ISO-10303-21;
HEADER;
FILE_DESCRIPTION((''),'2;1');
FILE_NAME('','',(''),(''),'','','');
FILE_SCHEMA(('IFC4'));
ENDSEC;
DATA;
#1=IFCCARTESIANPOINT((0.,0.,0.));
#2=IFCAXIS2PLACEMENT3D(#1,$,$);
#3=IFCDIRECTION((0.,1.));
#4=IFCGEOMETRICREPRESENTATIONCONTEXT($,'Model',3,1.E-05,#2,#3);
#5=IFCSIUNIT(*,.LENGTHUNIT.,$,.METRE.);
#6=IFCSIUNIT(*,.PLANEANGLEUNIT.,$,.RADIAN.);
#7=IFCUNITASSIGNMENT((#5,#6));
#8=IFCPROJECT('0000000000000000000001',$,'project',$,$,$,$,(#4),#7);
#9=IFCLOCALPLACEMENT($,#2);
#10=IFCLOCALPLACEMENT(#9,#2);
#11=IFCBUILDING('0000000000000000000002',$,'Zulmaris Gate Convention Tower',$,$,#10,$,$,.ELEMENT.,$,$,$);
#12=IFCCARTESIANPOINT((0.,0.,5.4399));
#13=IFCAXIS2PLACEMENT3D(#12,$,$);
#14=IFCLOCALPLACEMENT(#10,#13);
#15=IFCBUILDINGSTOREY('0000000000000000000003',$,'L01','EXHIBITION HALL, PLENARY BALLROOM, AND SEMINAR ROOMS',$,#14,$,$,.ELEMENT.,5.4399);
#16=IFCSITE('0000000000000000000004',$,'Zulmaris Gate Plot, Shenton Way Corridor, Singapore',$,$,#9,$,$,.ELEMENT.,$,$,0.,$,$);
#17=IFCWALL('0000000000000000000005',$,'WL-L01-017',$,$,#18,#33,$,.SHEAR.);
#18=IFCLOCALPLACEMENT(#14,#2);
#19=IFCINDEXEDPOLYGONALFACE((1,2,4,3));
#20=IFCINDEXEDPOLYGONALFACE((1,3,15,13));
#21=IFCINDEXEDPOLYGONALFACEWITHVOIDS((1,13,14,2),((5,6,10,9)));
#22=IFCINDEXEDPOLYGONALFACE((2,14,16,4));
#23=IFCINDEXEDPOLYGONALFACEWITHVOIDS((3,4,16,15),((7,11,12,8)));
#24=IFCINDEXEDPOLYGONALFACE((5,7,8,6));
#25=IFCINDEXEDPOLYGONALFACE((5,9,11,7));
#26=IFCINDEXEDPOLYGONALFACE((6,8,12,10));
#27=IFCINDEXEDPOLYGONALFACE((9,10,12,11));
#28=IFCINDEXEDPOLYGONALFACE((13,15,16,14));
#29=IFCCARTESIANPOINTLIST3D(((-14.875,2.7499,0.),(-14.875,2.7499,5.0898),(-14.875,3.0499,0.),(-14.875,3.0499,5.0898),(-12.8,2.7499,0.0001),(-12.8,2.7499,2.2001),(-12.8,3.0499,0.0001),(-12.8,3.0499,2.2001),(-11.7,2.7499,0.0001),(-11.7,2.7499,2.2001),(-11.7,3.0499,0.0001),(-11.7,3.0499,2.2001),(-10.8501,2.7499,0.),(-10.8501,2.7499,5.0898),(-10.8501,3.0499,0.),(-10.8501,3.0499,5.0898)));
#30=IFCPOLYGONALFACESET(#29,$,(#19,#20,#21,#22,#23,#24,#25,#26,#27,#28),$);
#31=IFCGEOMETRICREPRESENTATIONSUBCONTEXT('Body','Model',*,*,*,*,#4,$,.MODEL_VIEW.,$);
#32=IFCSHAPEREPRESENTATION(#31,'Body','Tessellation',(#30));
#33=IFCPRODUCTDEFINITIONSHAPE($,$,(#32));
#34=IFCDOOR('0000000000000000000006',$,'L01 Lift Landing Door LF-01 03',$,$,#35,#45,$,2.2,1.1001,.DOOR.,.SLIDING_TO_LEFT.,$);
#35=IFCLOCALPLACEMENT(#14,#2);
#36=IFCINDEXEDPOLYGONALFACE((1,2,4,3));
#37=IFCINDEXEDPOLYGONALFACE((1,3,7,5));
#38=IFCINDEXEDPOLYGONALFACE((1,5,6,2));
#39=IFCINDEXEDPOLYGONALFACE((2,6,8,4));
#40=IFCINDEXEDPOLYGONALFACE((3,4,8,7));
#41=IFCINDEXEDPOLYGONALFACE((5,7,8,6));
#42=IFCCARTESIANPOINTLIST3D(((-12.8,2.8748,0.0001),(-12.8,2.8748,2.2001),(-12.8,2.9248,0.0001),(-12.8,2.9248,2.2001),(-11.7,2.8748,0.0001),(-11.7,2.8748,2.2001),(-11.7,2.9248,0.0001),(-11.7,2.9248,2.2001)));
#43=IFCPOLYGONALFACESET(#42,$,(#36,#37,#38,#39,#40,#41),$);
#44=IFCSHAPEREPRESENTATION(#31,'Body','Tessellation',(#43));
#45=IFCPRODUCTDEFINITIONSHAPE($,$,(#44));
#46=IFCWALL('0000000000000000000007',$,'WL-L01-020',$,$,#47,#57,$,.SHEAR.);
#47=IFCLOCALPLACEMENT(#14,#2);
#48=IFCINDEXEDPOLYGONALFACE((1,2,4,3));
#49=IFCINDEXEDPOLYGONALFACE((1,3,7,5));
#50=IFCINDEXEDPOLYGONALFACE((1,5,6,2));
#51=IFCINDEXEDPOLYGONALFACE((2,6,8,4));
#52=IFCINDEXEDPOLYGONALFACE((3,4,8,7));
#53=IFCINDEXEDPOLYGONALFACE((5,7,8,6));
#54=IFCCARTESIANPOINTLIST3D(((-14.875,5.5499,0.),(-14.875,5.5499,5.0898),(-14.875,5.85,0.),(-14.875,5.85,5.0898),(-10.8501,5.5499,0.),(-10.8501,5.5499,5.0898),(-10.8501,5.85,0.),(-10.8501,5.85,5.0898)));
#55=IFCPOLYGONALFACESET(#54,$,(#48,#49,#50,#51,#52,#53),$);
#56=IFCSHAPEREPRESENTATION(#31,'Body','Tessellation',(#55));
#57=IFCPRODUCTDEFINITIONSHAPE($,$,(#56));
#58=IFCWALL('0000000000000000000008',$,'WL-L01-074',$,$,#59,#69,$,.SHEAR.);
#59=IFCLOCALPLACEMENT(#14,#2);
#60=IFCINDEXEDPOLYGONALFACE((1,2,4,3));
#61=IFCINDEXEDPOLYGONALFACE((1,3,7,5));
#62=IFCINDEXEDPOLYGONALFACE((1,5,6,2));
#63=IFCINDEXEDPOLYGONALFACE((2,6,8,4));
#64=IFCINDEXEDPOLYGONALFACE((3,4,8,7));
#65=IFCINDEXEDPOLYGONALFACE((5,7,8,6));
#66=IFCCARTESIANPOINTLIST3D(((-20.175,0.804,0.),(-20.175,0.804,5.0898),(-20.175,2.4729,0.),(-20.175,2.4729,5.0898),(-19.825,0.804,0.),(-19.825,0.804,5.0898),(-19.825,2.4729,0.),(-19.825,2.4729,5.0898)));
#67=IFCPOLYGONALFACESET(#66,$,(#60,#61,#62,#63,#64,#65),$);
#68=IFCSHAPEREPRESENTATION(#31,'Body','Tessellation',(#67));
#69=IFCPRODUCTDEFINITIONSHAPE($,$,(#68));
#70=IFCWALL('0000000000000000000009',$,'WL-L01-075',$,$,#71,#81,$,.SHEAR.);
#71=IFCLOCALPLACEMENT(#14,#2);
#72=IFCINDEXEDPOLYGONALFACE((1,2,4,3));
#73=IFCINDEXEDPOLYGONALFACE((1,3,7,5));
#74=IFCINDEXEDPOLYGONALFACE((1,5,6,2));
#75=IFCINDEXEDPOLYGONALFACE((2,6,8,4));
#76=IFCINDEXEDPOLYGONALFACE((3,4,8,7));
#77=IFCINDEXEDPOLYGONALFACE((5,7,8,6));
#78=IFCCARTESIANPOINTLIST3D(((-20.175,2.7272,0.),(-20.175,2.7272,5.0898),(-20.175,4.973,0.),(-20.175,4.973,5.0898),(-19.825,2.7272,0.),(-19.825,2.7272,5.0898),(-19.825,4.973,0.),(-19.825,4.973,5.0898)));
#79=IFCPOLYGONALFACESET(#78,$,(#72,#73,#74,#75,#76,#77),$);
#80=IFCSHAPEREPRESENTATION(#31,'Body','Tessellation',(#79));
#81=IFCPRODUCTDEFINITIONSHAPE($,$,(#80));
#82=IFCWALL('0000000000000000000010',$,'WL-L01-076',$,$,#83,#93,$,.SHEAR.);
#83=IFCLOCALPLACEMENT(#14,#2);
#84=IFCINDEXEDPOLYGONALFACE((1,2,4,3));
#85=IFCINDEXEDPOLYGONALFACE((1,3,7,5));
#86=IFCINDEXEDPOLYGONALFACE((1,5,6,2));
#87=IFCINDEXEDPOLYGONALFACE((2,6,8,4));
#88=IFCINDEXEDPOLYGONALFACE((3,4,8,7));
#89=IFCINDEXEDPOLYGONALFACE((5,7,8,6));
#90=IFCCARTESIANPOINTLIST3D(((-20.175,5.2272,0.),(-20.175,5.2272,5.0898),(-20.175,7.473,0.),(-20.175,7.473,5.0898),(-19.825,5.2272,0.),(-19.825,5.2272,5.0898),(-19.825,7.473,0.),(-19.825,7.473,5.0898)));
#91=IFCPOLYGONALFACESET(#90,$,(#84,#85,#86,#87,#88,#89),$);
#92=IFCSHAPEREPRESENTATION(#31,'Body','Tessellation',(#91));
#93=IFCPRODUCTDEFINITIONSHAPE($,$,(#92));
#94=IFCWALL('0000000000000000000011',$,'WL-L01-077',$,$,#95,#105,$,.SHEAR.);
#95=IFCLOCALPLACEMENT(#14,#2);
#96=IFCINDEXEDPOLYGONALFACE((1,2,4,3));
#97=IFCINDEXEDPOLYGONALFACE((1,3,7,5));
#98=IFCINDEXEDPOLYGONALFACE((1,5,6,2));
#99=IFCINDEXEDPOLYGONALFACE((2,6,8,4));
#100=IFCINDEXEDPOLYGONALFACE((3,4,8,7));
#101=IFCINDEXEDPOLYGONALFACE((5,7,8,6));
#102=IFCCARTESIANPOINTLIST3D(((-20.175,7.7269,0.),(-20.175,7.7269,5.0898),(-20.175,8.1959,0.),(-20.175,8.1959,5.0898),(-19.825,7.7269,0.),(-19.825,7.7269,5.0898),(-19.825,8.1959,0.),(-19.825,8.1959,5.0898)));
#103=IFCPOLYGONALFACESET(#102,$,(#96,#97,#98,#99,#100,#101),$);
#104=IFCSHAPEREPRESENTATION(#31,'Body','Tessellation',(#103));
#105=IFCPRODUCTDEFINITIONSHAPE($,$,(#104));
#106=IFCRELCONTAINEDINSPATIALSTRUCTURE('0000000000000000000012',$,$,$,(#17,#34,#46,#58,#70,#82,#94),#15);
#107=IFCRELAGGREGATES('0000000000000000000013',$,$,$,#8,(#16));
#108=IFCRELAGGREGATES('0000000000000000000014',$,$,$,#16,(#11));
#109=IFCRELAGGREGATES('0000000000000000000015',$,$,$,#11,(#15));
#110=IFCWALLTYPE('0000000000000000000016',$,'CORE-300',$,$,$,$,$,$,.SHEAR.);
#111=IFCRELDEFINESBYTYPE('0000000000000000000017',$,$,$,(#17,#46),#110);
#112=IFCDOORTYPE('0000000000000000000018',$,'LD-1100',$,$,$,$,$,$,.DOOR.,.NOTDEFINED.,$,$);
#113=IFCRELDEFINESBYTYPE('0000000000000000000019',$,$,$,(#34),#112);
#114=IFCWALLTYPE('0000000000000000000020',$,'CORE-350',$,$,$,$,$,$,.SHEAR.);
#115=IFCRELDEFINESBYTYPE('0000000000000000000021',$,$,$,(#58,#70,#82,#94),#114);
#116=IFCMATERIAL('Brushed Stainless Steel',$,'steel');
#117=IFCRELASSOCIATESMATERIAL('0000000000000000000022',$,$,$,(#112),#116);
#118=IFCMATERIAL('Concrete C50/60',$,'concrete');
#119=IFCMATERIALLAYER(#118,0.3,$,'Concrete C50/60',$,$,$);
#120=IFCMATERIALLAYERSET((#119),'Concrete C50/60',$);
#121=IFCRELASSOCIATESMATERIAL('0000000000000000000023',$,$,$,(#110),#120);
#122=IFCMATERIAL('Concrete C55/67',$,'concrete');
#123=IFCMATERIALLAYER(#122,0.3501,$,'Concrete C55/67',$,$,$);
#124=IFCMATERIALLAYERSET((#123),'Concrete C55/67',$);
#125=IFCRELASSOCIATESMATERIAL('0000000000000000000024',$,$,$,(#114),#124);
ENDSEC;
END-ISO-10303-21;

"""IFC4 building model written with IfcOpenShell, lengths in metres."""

from ifc_helpers import new_model, si_unit, direction, frame, frame_2d, origin, place, context, subcontext, project, spatial, rectangle, extrude, material, layer, layer_set, type_object, element, fill, save


model = new_model("IFC4")

# Units and contexts
model_context = context("Model", 3, precision=1e-05, world=origin(), true_north=direction((0.0, 1.0)))
body_context = subcontext(model_context, "Body", "Model", "MODEL_VIEW")
ifc_project = project(units=[si_unit("LENGTHUNIT", "METRE"), si_unit("PLANEANGLEUNIT", "RADIAN")], contexts=[model_context])

# Site, building, storey
site_placement = place(None, origin())
site = spatial("IfcSite", under=ifc_project, at=site_placement, Name="Zulmaris Gate Plot, Shenton Way Corridor, Singapore", CompositionType="ELEMENT", RefElevation=0.0)
building_placement = place(site_placement, origin())
building = spatial("IfcBuilding", under=site, at=building_placement, Name="Zulmaris Gate Convention Tower", CompositionType="ELEMENT")
storey_placement = place(building_placement, frame((0.0, 0.0, 5.4399)))
storey = spatial("IfcBuildingStorey", under=building, at=storey_placement, Name="L01", Description="EXHIBITION HALL, PLENARY BALLROOM, AND SEMINAR ROOMS", CompositionType="ELEMENT", Elevation=5.4399)

# Shared definitions
ifc_material_1 = material(Name="Concrete C50/60", Category="concrete")

# Wall, opening, door
ifc_material_2 = material(Name="Brushed Stainless Steel", Category="steel")
door_type = type_object("IfcDoorType", Name="LD-1100", OperationType="NOTDEFINED", PredefinedType="DOOR", material=ifc_material_2)
ifc_layer_1 = layer(ifc_material_1, 0.3, Name="Concrete C50/60")
ifc_layer_set_1 = layer_set([ifc_layer_1], Name="Concrete C50/60")
wall_type_1 = type_object("IfcWallType", Name="CORE-300", PredefinedType="SHEAR", material=ifc_layer_set_1)
wall_1_placement = place(storey_placement, frame((-14.875, 2.8999, 0.0), z_axis=(0.0, 0.0, 1.0), x_axis=(1.0, 0.0, 0.0)))
wall_1 = element("IfcWall", 1, at=wall_1_placement, inside=storey, type_object=wall_type_1, Name="WL-L01-017", PredefinedType="SHEAR", context=body_context, shape_type="SweptSolid", body=[
    extrude(rectangle(XDim=4.0249, YDim=0.3, at=frame_2d((2.0125, 0.0))), origin(), (0.0, 0.0, 1.0), 5.0898),
])
opening_1_placement = place(wall_1_placement, frame((2.075, 0.0, 0.0)))
opening_1 = element("IfcOpeningElement", 2, at=opening_1_placement, cuts=wall_1, PredefinedType="OPENING", context=body_context, shape_type="SweptSolid", body=[
    extrude(rectangle(XDim=1.1001, YDim=2.2, at=frame_2d((0.55, 1.1001))), frame((0.0, 0.1602, 0.0), z_axis=(0.0, -1.0, 0.0), x_axis=(1.0, 0.0, 0.0)), (0.0, 0.0, 1.0), 0.3201),
])
door_1_placement = place(opening_1_placement, origin())
door_1 = element("IfcDoor", 3, at=door_1_placement, inside=storey, type_object=door_type, Name="L01 Lift Landing Door LF-01 03", OperationType="SLIDING_TO_LEFT", OverallHeight=2.2, OverallWidth=1.1001, PredefinedType="DOOR", context=body_context, shape_type="SweptSolid", body=[
    extrude(rectangle(XDim=1.1001, YDim=2.2, at=frame_2d((0.55, 1.1001))), frame((0.0, 0.0249, 0.0), z_axis=(0.0, -1.0, 0.0), x_axis=(1.0, 0.0, 0.0)), (0.0, 0.0, 1.0), 0.05),
])
fill(opening_1, door_1)

# Walls
wall_2_placement = place(storey_placement, frame((-14.875, 5.7, 0.0), z_axis=(0.0, 0.0, 1.0), x_axis=(1.0, 0.0, 0.0)))
element("IfcWall", 4, at=wall_2_placement, inside=storey, type_object=wall_type_1, Name="WL-L01-020", PredefinedType="SHEAR", context=body_context, shape_type="SweptSolid", body=[
    extrude(rectangle(XDim=4.0249, YDim=0.3, at=frame_2d((2.0125, 0.0))), origin(), (0.0, 0.0, 1.0), 5.0898),
])
ifc_material_3 = material(Name="Concrete C55/67", Category="concrete")
ifc_layer_2 = layer(ifc_material_3, 0.3501, Name="Concrete C55/67")
ifc_layer_set_2 = layer_set([ifc_layer_2], Name="Concrete C55/67")
wall_type_2 = type_object("IfcWallType", Name="CORE-350", PredefinedType="SHEAR", material=ifc_layer_set_2)
wall_3_placement = place(storey_placement, frame((-20.0, 0.804, 0.0), z_axis=(0.0, 0.0, 1.0), x_axis=(0.0, 1.0, 0.0)))
element("IfcWall", 5, at=wall_3_placement, inside=storey, type_object=wall_type_2, Name="WL-L01-074", PredefinedType="SHEAR", context=body_context, shape_type="SweptSolid", body=[
    extrude(rectangle(XDim=1.6689, YDim=0.3501, at=frame_2d((0.8345, 0.0))), origin(), (0.0, 0.0, 1.0), 5.0898),
])
for number, where, z_axis, x_axis, name in (
    (6, (-20.0, 2.7271, 0.0), (0.0, 0.0, 1.0), (0.0, 1.0, 0.0), "WL-L01-075"),
    (7, (-20.0, 5.2271, 0.0), (0.0, 0.0, 1.0), (0.0, 1.0, 0.0), "WL-L01-076"),
):
    element("IfcWall", number, at=place(storey_placement, frame(where, z_axis=z_axis, x_axis=x_axis)), inside=storey, type_object=wall_type_2, Name=name, PredefinedType="SHEAR", context=body_context, shape_type="SweptSolid", body=[
        extrude(rectangle(XDim=2.2458, YDim=0.3501, at=frame_2d((1.123, 0.0))), origin(), (0.0, 0.0, 1.0), 5.0898),
    ])
wall_4_placement = place(storey_placement, frame((-20.0, 7.7271, 0.0), z_axis=(0.0, 0.0, 1.0), x_axis=(0.0, 1.0, 0.0)))
element("IfcWall", 8, at=wall_4_placement, inside=storey, type_object=wall_type_2, Name="WL-L01-077", PredefinedType="SHEAR", context=body_context, shape_type="SweptSolid", body=[
    extrude(rectangle(XDim=0.469, YDim=0.3501, at=frame_2d((0.2344, 0.0))), origin(), (0.0, 0.0, 1.0), 5.0898),
])

save(model, "model.ifc")
